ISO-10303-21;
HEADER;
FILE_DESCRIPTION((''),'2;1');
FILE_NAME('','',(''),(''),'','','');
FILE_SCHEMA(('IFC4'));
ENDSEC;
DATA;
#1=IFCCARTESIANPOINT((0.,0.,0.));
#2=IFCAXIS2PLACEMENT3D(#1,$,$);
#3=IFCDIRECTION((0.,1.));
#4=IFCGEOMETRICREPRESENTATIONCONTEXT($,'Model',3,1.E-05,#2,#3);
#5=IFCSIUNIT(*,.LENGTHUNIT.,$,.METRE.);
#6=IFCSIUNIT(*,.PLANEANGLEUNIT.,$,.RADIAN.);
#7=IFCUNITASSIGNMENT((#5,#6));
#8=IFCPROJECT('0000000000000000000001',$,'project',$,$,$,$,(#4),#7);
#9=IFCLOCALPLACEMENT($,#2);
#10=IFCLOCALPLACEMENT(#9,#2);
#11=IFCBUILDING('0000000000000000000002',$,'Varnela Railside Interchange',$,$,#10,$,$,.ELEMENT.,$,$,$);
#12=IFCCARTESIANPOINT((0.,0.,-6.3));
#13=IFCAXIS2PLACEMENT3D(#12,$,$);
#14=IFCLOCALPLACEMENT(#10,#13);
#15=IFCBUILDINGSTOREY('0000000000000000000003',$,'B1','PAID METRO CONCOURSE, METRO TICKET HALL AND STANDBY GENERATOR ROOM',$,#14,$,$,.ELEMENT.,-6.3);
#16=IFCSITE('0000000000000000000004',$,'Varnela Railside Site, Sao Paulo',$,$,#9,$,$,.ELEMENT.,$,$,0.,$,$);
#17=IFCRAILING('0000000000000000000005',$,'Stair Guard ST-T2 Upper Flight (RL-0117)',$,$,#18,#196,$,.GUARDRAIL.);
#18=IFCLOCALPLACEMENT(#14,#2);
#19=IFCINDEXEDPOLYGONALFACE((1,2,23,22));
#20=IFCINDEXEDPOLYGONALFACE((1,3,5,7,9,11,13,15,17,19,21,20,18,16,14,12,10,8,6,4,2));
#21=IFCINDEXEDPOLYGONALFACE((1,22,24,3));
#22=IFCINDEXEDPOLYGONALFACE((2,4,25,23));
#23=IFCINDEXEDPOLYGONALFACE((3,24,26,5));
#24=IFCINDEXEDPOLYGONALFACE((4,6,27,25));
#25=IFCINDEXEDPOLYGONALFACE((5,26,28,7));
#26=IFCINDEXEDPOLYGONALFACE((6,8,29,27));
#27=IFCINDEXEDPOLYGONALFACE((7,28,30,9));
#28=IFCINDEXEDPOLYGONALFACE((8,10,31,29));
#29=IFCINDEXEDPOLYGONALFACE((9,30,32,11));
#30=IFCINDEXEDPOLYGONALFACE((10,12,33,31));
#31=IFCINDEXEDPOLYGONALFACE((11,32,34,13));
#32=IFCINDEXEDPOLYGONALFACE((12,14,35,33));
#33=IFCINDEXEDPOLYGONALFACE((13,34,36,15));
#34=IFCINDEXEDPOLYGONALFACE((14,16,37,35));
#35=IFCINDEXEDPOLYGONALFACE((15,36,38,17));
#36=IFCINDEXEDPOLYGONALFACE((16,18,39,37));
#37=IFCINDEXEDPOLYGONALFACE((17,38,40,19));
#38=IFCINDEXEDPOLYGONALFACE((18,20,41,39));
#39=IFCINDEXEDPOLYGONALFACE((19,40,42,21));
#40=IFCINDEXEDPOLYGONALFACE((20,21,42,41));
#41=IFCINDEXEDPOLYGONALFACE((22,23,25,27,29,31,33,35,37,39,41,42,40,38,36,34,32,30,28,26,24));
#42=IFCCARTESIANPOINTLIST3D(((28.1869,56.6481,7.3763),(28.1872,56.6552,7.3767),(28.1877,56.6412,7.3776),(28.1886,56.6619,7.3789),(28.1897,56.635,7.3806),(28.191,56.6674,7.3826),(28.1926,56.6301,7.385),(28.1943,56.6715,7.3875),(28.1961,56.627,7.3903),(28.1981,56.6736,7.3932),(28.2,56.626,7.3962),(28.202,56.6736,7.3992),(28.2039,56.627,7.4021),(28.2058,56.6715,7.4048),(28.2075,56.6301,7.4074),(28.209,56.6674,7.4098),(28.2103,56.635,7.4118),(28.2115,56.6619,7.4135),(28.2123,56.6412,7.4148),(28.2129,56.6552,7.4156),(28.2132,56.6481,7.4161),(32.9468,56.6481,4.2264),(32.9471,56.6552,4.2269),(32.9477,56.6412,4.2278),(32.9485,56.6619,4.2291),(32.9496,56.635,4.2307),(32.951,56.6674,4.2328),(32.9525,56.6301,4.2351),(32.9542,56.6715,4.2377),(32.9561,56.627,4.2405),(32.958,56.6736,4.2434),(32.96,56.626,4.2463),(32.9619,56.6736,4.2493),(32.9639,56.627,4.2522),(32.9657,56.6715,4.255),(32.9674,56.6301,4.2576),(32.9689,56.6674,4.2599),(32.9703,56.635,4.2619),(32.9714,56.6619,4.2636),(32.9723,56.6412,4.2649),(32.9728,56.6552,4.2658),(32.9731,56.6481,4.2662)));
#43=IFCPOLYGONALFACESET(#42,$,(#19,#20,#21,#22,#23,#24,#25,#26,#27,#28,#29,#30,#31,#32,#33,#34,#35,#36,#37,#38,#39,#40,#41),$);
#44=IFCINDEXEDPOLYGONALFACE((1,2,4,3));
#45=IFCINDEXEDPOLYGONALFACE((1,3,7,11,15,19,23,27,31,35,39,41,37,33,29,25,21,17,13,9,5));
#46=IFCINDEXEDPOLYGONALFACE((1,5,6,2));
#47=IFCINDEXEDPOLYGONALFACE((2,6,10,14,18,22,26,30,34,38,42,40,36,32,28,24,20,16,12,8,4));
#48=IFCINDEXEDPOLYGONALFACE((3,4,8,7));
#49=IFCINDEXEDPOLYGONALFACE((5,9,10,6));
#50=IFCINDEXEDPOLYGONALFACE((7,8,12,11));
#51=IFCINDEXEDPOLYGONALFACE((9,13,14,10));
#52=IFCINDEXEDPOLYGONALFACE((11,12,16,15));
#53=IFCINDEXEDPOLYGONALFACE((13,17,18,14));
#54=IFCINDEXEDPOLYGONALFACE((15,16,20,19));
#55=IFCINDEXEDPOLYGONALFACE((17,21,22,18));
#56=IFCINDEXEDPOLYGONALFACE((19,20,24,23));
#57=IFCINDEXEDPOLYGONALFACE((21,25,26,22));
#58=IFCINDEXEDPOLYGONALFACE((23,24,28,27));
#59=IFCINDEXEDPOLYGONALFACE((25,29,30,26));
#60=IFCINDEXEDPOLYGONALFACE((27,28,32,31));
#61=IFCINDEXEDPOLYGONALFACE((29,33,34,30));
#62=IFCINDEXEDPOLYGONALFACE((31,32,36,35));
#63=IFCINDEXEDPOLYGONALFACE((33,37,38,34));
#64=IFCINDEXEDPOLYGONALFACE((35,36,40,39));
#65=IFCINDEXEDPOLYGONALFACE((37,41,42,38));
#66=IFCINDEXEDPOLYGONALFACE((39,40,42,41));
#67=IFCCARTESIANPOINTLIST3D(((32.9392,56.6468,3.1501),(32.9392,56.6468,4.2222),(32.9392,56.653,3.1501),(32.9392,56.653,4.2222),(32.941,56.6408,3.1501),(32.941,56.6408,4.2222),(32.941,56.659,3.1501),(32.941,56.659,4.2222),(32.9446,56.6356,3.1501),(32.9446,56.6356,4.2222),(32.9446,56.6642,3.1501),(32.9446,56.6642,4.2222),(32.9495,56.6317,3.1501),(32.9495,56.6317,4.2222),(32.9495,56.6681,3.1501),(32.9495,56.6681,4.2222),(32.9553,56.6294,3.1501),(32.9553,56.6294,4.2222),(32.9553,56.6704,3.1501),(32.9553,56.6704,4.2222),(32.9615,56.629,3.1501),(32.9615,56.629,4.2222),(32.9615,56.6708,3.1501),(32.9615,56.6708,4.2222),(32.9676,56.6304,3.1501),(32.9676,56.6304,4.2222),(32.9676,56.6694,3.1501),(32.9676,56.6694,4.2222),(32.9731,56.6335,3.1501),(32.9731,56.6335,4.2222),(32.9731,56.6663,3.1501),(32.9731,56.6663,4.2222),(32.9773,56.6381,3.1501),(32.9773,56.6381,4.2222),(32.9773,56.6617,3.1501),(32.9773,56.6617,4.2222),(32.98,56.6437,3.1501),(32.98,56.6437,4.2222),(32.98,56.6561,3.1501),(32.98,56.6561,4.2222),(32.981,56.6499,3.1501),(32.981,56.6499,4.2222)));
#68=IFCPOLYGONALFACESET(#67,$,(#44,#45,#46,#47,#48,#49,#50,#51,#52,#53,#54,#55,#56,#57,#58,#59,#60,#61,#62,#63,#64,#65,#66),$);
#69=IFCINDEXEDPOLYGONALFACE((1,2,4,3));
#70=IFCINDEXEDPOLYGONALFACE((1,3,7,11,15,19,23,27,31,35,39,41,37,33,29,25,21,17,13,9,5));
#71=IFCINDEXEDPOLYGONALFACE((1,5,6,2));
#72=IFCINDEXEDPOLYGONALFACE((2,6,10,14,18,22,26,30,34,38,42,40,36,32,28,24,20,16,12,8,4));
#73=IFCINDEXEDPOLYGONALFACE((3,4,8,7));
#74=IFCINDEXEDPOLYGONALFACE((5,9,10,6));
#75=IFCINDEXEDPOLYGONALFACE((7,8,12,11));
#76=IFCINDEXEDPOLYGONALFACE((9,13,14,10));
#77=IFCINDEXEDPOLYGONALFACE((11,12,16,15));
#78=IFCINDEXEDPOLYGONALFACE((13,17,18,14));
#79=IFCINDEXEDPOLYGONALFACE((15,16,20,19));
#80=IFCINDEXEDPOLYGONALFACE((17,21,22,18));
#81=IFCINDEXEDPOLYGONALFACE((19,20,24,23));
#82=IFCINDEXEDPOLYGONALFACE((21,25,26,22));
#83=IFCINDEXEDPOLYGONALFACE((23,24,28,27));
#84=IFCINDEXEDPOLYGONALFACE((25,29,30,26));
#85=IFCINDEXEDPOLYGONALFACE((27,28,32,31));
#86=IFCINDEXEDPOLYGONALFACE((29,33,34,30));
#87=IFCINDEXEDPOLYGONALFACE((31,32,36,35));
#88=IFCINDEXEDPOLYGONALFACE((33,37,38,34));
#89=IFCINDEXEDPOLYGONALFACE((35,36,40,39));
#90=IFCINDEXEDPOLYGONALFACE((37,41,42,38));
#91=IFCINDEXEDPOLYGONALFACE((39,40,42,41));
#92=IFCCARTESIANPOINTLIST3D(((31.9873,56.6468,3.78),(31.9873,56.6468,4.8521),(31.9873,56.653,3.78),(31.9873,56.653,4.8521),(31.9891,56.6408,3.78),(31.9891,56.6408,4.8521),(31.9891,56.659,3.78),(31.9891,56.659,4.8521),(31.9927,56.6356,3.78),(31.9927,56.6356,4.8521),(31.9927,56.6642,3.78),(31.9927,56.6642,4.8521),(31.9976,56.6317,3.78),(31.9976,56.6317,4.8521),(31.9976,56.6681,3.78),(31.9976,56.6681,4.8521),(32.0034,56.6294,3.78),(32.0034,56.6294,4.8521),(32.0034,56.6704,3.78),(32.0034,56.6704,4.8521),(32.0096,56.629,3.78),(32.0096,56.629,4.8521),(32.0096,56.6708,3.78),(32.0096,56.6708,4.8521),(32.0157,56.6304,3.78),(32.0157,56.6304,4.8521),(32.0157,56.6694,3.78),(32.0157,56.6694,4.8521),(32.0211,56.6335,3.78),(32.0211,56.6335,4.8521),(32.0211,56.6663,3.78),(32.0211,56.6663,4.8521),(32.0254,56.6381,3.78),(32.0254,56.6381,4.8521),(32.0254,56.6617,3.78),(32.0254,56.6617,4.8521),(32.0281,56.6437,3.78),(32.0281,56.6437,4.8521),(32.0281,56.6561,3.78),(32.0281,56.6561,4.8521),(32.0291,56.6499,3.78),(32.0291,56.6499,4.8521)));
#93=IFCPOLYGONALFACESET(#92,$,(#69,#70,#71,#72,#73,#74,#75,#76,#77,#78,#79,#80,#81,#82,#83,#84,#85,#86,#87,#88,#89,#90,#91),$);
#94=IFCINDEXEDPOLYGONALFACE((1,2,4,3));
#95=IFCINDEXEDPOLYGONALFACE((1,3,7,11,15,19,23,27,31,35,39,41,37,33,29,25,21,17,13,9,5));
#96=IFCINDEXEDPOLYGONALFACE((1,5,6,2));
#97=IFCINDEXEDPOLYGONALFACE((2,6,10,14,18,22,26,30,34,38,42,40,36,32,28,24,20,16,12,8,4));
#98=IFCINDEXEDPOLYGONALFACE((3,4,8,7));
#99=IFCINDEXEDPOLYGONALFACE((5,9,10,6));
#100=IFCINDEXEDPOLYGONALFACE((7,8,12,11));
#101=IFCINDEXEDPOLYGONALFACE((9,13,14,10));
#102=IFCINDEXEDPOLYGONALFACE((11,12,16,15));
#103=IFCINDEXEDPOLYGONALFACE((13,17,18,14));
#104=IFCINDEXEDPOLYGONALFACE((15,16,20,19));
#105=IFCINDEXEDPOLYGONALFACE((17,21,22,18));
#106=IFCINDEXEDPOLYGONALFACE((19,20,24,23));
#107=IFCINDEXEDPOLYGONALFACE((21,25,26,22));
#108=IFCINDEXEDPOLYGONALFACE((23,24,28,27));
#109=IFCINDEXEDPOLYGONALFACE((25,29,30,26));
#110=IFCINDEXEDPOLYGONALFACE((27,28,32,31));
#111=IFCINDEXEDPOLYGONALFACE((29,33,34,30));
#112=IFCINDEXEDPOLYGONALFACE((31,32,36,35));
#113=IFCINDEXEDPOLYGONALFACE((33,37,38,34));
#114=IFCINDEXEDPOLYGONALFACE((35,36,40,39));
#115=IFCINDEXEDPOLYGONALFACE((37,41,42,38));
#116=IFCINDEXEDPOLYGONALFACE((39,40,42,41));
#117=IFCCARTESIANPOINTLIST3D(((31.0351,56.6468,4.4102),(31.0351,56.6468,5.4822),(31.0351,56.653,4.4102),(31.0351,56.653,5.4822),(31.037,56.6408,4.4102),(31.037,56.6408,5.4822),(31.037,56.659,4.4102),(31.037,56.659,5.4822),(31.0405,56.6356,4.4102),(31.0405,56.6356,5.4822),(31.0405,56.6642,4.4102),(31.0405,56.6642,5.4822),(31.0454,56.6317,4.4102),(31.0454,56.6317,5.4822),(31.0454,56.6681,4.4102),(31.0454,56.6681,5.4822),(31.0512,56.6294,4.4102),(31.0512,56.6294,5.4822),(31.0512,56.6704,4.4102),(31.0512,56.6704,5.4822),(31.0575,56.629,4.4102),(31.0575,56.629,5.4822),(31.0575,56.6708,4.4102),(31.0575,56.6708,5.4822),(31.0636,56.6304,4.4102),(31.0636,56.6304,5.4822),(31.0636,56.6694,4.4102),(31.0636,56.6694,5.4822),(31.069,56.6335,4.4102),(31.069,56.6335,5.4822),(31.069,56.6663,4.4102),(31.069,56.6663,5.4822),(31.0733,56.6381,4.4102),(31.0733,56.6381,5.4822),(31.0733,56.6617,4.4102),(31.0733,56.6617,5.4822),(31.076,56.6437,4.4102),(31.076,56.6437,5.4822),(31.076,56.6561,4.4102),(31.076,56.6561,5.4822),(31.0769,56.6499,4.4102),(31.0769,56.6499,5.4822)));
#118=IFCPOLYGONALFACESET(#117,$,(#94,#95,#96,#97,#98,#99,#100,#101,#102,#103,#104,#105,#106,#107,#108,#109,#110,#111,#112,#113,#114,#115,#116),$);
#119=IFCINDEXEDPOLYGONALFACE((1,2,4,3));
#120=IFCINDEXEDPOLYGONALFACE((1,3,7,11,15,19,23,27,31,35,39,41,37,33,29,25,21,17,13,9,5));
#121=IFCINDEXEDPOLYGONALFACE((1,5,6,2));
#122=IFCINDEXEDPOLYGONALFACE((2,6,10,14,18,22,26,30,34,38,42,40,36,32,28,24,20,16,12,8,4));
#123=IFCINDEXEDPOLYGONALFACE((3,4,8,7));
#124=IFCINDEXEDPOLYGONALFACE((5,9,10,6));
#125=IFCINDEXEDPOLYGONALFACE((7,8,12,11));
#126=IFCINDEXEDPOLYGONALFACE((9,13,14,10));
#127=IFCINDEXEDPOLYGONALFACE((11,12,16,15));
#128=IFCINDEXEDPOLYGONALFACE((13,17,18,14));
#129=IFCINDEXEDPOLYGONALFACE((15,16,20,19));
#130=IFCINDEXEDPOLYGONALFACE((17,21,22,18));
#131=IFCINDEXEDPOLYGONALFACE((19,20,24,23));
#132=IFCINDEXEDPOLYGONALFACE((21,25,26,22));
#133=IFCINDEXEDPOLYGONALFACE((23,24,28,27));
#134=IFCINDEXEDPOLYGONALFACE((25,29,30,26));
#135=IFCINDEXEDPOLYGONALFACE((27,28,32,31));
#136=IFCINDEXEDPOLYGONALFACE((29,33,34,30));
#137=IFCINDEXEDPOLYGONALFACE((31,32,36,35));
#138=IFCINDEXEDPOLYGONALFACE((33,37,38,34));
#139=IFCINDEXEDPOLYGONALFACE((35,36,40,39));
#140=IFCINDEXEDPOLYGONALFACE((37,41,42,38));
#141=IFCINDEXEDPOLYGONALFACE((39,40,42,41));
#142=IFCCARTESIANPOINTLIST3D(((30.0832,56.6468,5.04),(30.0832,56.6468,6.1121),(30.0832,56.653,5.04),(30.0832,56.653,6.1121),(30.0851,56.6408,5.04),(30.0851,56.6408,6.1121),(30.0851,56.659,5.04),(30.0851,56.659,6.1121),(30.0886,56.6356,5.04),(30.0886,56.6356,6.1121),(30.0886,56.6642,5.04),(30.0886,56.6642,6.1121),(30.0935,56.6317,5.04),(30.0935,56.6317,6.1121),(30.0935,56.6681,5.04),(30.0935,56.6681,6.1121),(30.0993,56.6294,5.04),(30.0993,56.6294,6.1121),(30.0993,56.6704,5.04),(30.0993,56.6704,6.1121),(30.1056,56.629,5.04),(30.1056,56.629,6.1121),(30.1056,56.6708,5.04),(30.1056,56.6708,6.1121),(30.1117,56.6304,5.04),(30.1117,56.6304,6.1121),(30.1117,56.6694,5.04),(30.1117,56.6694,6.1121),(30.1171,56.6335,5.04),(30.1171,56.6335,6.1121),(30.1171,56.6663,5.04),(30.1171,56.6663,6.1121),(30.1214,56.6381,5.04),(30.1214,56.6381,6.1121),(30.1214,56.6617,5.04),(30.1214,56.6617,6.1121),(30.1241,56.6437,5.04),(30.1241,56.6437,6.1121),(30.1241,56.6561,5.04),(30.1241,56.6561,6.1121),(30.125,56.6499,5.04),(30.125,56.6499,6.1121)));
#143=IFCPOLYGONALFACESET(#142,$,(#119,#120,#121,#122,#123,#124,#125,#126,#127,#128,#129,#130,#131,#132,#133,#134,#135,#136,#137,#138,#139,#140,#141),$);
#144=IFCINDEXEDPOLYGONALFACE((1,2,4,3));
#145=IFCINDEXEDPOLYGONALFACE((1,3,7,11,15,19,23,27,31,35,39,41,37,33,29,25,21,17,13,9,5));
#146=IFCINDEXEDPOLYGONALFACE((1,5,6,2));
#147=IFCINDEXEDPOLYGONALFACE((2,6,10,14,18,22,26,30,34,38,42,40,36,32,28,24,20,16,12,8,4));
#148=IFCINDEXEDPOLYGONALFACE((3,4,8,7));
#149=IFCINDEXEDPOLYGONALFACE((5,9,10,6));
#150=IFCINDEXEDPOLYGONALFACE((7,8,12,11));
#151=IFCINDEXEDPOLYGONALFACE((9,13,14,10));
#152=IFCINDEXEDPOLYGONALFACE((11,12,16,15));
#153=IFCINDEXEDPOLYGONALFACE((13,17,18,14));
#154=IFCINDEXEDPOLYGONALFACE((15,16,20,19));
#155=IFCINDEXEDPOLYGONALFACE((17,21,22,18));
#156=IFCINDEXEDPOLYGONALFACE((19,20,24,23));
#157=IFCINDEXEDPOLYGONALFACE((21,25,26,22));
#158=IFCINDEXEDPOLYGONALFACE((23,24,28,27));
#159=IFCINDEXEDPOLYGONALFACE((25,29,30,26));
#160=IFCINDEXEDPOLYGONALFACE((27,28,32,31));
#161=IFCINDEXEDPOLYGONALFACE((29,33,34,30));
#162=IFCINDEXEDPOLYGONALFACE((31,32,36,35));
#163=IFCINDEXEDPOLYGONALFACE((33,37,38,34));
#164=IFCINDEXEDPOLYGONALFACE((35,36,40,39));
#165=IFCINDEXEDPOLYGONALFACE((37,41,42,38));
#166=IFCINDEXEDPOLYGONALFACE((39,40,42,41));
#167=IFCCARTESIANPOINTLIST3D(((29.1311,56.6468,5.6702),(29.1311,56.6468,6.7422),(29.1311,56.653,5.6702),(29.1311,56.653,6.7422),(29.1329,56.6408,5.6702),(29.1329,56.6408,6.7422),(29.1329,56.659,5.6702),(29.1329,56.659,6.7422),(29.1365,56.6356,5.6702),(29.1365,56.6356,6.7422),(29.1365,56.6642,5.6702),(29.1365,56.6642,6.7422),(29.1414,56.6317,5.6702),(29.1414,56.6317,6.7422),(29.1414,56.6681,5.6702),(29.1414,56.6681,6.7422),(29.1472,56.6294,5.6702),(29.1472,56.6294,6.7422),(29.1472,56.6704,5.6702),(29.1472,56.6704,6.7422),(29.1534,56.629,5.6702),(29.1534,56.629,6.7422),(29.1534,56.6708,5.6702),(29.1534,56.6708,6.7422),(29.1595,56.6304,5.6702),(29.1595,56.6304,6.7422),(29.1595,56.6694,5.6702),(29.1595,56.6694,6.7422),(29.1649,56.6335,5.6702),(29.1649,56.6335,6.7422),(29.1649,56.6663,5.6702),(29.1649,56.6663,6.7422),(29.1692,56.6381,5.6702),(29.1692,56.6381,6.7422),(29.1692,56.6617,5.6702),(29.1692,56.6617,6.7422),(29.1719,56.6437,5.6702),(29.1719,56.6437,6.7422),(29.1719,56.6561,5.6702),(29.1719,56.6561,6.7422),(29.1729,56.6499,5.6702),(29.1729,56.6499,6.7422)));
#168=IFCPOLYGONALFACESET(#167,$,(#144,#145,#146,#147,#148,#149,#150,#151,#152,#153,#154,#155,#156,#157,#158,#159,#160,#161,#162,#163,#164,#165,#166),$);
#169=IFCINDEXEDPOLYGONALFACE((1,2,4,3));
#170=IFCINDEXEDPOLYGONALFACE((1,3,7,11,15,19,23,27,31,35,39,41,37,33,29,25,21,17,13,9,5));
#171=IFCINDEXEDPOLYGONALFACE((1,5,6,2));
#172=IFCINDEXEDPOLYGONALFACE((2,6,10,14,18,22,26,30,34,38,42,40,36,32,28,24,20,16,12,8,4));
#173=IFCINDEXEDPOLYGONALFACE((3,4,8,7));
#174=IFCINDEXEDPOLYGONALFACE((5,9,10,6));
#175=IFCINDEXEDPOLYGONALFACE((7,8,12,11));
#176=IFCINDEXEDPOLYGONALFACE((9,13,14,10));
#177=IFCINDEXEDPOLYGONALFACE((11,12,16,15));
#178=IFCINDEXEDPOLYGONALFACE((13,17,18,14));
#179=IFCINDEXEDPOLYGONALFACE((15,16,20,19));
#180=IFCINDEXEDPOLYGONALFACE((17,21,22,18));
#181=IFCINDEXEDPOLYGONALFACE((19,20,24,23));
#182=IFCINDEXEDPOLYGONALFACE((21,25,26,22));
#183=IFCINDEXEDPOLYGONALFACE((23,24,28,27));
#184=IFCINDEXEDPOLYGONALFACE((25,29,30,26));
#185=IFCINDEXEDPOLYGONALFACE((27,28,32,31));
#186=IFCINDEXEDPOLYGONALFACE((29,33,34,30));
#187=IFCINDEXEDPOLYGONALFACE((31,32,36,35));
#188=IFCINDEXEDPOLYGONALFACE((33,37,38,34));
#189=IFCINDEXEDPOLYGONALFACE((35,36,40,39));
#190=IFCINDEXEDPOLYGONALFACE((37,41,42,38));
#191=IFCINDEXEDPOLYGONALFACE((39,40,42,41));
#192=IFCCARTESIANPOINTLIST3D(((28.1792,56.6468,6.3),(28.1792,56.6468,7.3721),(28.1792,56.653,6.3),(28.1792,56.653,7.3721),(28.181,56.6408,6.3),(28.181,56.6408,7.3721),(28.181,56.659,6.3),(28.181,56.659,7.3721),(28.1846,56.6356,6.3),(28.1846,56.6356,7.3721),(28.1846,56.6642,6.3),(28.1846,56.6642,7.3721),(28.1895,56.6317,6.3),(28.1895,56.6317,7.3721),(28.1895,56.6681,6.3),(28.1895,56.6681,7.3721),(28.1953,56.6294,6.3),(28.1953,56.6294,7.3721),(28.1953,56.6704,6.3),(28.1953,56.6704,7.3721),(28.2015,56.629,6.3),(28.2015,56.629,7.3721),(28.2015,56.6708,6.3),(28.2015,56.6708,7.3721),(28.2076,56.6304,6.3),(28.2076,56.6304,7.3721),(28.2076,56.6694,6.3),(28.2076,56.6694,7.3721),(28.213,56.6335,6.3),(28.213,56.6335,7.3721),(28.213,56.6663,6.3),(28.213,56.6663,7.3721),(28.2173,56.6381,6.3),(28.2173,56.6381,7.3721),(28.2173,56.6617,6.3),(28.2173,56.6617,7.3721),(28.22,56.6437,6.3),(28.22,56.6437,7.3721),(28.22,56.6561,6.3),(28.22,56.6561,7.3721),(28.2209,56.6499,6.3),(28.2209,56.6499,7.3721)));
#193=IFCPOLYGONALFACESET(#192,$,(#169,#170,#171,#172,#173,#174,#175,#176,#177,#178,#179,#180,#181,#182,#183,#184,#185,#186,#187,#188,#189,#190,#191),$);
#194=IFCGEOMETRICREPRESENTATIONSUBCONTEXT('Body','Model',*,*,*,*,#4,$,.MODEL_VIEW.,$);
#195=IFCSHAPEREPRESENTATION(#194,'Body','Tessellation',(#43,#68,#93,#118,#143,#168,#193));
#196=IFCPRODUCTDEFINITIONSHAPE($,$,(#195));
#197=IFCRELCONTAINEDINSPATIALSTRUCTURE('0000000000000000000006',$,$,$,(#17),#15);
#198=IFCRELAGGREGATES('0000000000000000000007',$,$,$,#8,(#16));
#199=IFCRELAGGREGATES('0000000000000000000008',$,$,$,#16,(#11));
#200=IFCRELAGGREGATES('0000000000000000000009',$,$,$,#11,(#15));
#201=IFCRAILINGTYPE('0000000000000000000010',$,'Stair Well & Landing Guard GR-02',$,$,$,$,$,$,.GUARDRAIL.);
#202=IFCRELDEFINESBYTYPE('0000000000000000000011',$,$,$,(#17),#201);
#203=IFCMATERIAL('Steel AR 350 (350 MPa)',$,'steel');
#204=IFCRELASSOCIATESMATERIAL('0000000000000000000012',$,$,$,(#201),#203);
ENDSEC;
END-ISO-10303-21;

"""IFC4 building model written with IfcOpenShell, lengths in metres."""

from ifc_helpers import new_model, si_unit, direction, frame, origin, origin_2d, place, context, subcontext, project, spatial, circle, extrude, material, type_object, element, save


model = new_model("IFC4")

# Units and contexts
model_context = context("Model", 3, precision=1e-05, world=origin(), true_north=direction((0.0, 1.0)))
body_context = subcontext(model_context, "Body", "Model", "MODEL_VIEW")
ifc_project = project(units=[si_unit("LENGTHUNIT", "METRE"), si_unit("PLANEANGLEUNIT", "RADIAN")], contexts=[model_context])

# Site, building, storey
site_placement = place(None, origin())
site = spatial("IfcSite", under=ifc_project, at=site_placement, Name="Varnela Railside Site, Sao Paulo", CompositionType="ELEMENT", RefElevation=0.0)
building_placement = place(site_placement, origin())
building = spatial("IfcBuilding", under=site, at=building_placement, Name="Varnela Railside Interchange", CompositionType="ELEMENT")
storey_placement = place(building_placement, frame((0.0, 0.0, -6.3)))
storey = spatial("IfcBuildingStorey", under=building, at=storey_placement, Name="B1", Description="PAID METRO CONCOURSE, METRO TICKET HALL AND STANDBY GENERATOR ROOM", CompositionType="ELEMENT", Elevation=-6.3)

# Shared definitions
ifc_material_1 = material(Name="Steel AR 350 (350 MPa)", Category="steel")

# Railing
railing_type_1 = type_object("IfcRailingType", Name="Stair Well & Landing Guard GR-02", PredefinedType="GUARDRAIL", material=ifc_material_1)
railing_1_placement = place(storey_placement, frame((32.96, 56.6499, 3.1501)))
element("IfcRailing", 1, at=railing_1_placement, inside=storey, type_object=railing_type_1, Name="Stair Guard ST-T2 Upper Flight (RL-0117)", PredefinedType="GUARDRAIL", context=body_context, shape_type="SweptSolid", body=[
    extrude(circle(Radius=0.0239, at=origin_2d()), frame((0.0, 0.0, 1.0962), z_axis=(-0.833941, 0.0, 0.551854), x_axis=(0.0, -1.0, 0.0)), (0.0, 0.0, 1.0), 5.7078),
    extrude(circle(Radius=0.021, at=origin_2d()), origin(), (0.0, 0.0, 1.0), 1.072),
    extrude(circle(Radius=0.021, at=origin_2d()), frame((-0.9519, 0.0, 0.6299)), (0.0, 0.0, 1.0), 1.072),
    extrude(circle(Radius=0.021, at=origin_2d()), frame((-1.9041, 0.0, 1.26)), (0.0, 0.0, 1.0), 1.072),
    extrude(circle(Radius=0.021, at=origin_2d()), frame((-2.856, 0.0, 1.8899)), (0.0, 0.0, 1.0), 1.072),
    extrude(circle(Radius=0.021, at=origin_2d()), frame((-3.8081, 0.0, 2.52)), (0.0, 0.0, 1.0), 1.072),
    extrude(circle(Radius=0.021, at=origin_2d()), frame((-4.76, 0.0, 3.1499)), (0.0, 0.0, 1.0), 1.072),
])

save(model, "model.ifc")
